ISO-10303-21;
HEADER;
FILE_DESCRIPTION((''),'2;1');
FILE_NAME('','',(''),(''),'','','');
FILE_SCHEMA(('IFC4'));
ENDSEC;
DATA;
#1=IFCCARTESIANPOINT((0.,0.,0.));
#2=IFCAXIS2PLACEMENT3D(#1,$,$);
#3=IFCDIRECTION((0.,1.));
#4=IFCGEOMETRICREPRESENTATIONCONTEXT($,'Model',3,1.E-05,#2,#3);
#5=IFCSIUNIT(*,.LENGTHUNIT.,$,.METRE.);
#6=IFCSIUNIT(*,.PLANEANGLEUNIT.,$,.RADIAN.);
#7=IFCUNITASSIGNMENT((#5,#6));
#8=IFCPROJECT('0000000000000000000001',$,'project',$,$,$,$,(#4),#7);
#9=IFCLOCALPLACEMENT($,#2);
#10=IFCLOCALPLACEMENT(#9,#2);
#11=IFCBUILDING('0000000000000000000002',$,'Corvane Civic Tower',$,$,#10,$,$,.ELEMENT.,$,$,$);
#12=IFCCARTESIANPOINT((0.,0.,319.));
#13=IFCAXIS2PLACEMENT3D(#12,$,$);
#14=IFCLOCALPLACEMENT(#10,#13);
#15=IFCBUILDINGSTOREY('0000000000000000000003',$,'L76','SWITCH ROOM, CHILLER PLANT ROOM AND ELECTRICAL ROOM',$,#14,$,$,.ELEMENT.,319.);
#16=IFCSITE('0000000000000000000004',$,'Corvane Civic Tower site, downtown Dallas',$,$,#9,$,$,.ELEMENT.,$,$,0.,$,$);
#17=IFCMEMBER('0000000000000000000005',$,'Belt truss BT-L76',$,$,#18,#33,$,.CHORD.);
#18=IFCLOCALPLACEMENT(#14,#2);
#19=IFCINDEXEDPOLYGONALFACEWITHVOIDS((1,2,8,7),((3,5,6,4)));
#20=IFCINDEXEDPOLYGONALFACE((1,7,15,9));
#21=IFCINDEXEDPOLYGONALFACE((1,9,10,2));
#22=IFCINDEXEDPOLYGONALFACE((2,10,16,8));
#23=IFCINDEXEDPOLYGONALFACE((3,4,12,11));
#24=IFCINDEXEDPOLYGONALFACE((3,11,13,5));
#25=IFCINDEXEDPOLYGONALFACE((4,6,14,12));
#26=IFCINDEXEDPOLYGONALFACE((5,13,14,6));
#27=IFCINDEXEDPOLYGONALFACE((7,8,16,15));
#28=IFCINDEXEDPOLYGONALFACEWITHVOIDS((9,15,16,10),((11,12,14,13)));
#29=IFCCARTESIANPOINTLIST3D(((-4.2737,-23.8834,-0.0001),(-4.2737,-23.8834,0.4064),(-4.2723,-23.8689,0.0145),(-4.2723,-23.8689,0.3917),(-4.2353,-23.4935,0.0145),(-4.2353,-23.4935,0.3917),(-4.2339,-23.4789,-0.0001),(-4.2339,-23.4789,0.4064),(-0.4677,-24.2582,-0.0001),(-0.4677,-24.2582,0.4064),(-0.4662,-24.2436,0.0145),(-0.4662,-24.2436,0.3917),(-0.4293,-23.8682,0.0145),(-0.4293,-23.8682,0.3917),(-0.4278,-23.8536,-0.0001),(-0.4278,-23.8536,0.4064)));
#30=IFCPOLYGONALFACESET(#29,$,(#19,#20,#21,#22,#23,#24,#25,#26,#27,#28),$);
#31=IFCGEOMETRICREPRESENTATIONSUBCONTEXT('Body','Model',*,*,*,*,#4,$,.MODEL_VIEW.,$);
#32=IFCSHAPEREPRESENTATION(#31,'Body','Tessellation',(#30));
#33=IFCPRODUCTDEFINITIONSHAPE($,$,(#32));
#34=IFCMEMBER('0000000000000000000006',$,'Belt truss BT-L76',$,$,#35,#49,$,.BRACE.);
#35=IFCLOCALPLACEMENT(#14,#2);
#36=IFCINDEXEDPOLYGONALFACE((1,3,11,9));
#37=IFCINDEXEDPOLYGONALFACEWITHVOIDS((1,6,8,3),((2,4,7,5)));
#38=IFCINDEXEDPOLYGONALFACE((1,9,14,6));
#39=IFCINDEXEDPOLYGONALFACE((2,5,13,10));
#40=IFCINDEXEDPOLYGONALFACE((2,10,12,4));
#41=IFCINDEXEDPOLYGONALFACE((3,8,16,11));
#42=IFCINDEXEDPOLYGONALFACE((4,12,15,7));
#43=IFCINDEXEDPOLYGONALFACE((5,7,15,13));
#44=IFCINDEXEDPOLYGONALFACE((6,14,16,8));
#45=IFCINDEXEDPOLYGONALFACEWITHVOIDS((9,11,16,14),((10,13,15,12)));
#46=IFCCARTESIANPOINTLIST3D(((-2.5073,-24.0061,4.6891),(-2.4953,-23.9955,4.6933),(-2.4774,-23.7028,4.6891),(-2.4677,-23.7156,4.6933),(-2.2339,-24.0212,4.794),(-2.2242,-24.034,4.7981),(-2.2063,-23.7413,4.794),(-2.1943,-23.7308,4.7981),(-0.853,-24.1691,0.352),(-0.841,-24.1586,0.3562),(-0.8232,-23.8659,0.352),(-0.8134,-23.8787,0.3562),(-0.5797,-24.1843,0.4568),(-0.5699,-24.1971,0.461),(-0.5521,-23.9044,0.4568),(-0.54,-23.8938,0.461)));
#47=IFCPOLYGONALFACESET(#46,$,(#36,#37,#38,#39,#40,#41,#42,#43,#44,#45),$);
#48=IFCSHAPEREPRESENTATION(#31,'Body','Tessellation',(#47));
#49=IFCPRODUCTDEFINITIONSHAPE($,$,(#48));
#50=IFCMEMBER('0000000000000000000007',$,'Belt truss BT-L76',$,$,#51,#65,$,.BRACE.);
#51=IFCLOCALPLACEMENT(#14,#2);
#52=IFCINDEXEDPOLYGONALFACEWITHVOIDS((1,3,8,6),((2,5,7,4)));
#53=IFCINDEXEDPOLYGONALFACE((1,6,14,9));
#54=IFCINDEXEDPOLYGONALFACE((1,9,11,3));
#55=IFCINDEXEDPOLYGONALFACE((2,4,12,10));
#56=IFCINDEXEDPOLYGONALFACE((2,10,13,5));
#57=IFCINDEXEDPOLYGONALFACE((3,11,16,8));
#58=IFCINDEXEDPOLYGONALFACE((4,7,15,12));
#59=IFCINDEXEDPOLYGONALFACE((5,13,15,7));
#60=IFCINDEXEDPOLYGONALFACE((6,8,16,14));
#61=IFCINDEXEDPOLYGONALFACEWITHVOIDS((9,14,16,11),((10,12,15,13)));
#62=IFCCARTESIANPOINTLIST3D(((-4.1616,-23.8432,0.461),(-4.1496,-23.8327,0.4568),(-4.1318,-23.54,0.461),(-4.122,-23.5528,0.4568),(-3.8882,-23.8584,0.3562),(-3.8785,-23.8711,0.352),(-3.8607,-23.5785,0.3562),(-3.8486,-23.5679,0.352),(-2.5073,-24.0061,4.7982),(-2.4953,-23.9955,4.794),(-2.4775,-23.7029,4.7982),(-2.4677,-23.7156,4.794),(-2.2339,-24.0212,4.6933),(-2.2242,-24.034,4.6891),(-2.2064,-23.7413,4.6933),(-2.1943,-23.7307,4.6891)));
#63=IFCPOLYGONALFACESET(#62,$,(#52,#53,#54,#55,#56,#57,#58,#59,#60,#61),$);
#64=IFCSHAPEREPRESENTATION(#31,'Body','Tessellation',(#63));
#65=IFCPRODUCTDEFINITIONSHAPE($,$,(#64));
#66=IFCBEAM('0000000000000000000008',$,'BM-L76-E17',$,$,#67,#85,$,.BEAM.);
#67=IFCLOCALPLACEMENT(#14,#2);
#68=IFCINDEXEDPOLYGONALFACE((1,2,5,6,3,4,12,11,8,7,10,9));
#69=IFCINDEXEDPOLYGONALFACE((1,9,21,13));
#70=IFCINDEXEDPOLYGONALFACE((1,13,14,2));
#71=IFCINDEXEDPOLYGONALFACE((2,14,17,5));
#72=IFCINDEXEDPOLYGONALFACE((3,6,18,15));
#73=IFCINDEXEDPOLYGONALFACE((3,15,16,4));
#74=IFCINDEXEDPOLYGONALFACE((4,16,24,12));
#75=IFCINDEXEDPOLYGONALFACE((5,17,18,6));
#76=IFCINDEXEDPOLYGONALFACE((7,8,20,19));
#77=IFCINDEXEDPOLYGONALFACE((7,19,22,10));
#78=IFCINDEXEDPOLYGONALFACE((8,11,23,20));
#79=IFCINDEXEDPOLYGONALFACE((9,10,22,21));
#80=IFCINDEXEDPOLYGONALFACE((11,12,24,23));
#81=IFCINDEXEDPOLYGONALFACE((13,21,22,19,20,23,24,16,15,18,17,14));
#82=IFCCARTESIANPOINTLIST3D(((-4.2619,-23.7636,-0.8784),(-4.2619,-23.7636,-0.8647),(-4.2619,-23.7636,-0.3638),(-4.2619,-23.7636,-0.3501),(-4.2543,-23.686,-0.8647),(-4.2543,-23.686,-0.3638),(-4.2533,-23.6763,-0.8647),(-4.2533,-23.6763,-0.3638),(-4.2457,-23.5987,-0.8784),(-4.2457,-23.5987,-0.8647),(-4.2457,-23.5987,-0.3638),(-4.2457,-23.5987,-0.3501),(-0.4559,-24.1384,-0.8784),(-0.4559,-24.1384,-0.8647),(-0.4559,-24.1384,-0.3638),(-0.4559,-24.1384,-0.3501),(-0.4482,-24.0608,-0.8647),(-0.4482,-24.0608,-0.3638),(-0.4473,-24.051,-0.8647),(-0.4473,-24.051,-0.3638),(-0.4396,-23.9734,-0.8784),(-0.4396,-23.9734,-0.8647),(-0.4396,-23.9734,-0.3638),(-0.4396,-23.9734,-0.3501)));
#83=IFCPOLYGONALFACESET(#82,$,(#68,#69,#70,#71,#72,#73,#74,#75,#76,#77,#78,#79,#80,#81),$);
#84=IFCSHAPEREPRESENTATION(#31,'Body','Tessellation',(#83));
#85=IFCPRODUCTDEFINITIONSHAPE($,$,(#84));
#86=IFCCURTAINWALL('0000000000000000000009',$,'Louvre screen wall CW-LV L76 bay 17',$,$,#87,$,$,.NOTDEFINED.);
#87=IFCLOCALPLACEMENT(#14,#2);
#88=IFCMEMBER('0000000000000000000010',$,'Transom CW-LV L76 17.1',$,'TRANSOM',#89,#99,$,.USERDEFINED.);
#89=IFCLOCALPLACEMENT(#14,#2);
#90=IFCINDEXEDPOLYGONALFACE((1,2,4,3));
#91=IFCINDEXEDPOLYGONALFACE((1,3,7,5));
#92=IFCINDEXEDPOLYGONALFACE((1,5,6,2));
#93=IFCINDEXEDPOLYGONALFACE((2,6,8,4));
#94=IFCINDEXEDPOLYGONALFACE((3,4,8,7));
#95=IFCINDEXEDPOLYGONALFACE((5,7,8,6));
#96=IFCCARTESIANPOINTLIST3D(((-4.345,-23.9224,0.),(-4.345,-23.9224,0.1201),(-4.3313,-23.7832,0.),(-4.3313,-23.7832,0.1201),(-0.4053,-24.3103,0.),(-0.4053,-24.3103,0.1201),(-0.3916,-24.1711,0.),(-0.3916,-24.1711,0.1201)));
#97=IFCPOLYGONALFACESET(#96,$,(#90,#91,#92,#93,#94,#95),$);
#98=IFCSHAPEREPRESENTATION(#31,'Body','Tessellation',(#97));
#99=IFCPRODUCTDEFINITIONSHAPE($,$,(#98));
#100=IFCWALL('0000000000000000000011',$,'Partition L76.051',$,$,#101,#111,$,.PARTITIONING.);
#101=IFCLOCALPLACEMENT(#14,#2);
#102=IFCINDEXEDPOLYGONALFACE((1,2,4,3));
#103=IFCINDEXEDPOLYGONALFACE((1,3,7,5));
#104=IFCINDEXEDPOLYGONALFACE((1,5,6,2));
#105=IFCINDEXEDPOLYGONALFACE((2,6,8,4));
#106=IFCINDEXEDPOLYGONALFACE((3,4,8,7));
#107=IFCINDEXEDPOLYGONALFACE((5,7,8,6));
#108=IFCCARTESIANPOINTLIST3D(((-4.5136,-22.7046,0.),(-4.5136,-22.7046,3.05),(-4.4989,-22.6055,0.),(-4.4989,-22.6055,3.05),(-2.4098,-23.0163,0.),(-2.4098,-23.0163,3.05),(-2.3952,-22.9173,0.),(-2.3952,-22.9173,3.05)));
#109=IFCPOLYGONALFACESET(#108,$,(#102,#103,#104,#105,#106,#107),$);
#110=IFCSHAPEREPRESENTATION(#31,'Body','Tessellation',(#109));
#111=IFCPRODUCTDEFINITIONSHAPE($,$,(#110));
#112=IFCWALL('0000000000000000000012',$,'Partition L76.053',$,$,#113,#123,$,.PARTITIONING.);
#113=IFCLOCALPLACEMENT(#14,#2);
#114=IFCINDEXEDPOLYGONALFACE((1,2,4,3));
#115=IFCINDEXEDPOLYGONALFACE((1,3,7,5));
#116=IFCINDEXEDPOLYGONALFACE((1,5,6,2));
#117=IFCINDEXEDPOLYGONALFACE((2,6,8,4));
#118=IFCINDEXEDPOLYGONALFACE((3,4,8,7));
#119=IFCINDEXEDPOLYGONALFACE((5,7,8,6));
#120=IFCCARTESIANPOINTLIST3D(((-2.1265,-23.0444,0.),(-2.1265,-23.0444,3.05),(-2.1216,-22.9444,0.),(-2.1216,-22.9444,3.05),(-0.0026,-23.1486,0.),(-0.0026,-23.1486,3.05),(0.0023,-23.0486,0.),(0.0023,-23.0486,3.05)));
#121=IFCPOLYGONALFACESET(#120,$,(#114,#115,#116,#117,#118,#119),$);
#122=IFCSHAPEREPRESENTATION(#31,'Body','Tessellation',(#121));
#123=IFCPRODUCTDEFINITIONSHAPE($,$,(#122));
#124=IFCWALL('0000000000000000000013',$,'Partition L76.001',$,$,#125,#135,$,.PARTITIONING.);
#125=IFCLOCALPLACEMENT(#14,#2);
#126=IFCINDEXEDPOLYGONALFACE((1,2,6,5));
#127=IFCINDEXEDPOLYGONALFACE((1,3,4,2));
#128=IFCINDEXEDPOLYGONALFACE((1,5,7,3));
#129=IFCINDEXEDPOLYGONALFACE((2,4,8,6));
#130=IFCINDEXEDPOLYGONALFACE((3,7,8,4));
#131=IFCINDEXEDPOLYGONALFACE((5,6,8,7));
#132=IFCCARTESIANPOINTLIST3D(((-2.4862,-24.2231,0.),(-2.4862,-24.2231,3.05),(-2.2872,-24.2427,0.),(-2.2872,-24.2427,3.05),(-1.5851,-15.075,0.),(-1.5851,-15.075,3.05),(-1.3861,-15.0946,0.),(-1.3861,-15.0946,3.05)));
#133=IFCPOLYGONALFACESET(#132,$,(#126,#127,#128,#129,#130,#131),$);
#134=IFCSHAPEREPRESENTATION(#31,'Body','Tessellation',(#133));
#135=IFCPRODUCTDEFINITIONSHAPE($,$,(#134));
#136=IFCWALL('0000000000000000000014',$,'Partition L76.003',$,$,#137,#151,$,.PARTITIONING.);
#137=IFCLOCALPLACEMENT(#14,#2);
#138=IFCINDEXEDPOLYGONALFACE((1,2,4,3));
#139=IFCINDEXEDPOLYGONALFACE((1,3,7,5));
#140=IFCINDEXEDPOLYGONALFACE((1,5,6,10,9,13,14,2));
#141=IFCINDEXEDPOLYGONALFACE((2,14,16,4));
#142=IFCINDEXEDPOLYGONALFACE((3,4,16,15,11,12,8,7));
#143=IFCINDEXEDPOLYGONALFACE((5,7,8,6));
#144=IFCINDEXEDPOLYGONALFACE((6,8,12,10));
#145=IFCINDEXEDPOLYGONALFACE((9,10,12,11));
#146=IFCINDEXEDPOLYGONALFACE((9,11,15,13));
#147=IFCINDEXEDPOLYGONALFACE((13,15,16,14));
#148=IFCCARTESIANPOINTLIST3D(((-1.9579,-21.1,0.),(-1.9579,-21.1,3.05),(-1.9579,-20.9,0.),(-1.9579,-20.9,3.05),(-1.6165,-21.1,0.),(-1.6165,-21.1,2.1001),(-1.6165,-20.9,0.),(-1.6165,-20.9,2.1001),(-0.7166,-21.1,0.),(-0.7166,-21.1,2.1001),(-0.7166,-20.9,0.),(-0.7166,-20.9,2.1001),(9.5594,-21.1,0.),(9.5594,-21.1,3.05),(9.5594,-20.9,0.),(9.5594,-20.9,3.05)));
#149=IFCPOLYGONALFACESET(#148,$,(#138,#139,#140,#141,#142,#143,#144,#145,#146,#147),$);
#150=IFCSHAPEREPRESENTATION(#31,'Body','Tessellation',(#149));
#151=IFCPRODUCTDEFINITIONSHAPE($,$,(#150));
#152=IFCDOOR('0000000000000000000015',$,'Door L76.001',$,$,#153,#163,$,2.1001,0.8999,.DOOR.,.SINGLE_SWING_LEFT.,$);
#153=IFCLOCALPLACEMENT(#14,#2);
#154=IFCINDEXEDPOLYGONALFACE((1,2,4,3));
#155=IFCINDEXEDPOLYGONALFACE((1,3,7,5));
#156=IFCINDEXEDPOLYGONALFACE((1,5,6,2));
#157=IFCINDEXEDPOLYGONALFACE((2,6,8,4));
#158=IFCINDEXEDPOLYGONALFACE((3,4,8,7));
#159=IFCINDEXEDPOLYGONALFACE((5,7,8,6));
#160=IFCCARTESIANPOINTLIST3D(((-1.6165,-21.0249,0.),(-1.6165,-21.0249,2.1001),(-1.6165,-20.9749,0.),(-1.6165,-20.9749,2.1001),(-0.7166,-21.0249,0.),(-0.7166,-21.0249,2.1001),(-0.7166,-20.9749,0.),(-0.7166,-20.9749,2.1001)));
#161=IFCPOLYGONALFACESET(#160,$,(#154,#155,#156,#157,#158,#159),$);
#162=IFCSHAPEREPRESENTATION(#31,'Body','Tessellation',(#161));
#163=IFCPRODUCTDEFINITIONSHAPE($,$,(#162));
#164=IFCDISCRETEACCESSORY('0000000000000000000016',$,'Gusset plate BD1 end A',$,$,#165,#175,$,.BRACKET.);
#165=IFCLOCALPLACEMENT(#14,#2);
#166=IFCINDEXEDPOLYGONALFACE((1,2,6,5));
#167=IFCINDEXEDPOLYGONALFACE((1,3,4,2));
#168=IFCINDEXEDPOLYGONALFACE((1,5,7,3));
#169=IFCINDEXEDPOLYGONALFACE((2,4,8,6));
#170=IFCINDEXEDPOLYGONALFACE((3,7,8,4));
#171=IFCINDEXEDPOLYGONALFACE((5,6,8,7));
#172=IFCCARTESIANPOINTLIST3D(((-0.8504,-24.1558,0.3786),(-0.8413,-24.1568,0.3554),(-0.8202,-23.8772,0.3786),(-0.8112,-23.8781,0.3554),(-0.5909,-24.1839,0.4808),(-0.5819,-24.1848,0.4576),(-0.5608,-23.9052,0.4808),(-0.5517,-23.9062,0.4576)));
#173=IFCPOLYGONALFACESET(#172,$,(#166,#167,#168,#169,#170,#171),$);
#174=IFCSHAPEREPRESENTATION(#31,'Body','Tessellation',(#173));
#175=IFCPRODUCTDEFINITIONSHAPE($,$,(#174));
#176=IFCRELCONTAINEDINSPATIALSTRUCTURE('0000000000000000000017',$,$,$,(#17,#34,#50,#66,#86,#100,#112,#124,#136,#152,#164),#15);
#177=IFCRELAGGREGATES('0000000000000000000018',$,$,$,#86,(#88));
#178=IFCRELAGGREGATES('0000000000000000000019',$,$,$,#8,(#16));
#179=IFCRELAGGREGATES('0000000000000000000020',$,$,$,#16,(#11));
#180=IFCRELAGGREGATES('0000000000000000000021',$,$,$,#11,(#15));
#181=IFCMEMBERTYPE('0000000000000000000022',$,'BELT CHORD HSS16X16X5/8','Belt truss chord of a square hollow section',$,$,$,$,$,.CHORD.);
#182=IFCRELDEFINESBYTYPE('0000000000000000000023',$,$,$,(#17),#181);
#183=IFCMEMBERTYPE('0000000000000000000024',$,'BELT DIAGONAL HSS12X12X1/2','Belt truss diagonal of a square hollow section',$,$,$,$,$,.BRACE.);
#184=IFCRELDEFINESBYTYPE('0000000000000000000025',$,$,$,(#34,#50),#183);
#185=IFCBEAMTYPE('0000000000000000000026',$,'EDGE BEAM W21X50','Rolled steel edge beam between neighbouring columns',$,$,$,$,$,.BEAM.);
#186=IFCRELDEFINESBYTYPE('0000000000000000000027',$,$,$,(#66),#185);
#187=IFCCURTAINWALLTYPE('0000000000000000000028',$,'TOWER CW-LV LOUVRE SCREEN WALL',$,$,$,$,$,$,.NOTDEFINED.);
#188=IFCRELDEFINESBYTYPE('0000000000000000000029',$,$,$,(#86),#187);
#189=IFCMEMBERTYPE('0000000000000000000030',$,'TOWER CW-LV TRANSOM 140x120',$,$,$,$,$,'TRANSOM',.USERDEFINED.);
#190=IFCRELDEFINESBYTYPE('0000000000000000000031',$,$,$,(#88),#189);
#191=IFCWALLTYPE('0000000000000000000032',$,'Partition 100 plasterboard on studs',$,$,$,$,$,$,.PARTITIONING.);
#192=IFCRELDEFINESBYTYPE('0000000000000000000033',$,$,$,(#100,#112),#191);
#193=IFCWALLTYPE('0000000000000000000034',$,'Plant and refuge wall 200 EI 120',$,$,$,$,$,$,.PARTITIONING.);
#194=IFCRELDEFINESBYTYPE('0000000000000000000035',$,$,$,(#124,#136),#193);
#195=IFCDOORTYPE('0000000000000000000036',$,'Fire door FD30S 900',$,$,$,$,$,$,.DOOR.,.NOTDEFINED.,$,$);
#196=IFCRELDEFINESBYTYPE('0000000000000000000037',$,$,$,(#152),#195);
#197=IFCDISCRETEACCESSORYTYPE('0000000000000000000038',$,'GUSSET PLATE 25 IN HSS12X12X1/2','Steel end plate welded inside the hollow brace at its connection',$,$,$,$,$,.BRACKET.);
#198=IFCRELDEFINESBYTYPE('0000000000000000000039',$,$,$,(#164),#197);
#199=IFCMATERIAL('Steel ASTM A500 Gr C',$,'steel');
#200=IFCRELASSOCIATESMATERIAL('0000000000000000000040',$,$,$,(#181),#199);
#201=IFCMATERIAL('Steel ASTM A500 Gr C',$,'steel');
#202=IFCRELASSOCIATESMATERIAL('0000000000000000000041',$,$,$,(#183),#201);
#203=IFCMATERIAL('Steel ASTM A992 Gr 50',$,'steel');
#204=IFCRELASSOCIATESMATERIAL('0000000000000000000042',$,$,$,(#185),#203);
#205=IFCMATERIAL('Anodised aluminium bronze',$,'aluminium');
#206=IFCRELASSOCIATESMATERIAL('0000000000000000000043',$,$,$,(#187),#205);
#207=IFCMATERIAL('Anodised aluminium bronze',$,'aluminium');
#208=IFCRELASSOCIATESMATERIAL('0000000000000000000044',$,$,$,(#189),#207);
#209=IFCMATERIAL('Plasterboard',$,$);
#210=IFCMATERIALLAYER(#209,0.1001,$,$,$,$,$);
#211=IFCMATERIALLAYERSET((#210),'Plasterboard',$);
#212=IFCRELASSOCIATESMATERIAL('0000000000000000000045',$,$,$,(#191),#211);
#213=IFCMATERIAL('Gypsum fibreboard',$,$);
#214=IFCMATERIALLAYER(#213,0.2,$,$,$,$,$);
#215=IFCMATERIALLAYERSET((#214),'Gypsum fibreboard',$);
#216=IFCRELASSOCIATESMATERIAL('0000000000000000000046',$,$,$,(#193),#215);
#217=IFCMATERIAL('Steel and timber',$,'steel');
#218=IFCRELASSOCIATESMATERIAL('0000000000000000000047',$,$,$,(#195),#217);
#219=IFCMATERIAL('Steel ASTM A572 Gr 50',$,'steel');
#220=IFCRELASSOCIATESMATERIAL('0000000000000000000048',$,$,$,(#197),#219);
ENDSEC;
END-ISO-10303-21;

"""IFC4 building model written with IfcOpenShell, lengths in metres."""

from ifc_helpers import new_model, si_unit, direction, frame, frame_2d, origin, origin_2d, place, context, subcontext, project, spatial, rectangle, hollow_rectangle, i_section, extrude, material, layer, layer_set, material_profile, profile_set, type_object, element, fill, aggregate, save


model = new_model("IFC4")

# Units and contexts
model_context = context("Model", 3, precision=1e-05, world=origin(), true_north=direction((0.0, 1.0)))
body_context = subcontext(model_context, "Body", "Model", "MODEL_VIEW")
ifc_project = project(units=[si_unit("LENGTHUNIT", "METRE"), si_unit("PLANEANGLEUNIT", "RADIAN")], contexts=[model_context])

# Site, building, storey
site_placement = place(None, origin())
site = spatial("IfcSite", under=ifc_project, at=site_placement, Name="Corvane Civic Tower site, downtown Dallas", CompositionType="ELEMENT", RefElevation=0.0)
building_placement = place(site_placement, origin())
building = spatial("IfcBuilding", under=site, at=building_placement, Name="Corvane Civic Tower", CompositionType="ELEMENT")
storey_placement = place(building_placement, frame((0.0, 0.0, 319.0)))
storey = spatial("IfcBuildingStorey", under=building, at=storey_placement, Name="L76", Description="SWITCH ROOM, CHILLER PLANT ROOM AND ELECTRICAL ROOM", CompositionType="ELEMENT", Elevation=319.0)

# Members
ifc_material_1 = material(Name="Steel ASTM A500 Gr C", Category="steel")
ifc_material_profile_1 = material_profile(ifc_material_1, hollow_rectangle(XDim=0.4065, YDim=0.4065, WallThickness=0.0146, at=origin_2d()), Name="HSS16X16X5/8")
ifc_profile_set_1 = profile_set([ifc_material_profile_1], Name="Steel ASTM A500 Gr C")
member_type_1 = type_object("IfcMemberType", Name="BELT CHORD HSS16X16X5/8", Description="Belt truss chord of a square hollow section", PredefinedType="CHORD", material=ifc_profile_set_1)
for number, where, z_axis, x_axis, name in (
    (1, (-0.4478, -24.0559, 0.2031), (-0.995188, 0.097987, 0.0), (-0.097987, -0.995188, 0.0), "Belt truss BT-L76"),
):
    element("IfcMember", number, at=place(storey_placement, frame(where, z_axis=z_axis, x_axis=x_axis)), inside=storey, type_object=member_type_1, Name=name, PredefinedType="CHORD", context=body_context, shape_type="SweptSolid", body=[
        extrude(hollow_rectangle(XDim=0.4065, YDim=0.4065, WallThickness=0.0146, at=origin_2d()), origin(), (0.0, 0.0, 1.0), 3.8245),
    ])
ifc_material_2 = material(Name="Steel ASTM A500 Gr C", Category="steel")
ifc_material_profile_2 = material_profile(ifc_material_2, hollow_rectangle(XDim=0.3047, YDim=0.3047, WallThickness=0.0117, at=origin_2d()), Name="HSS12X12X1/2")
ifc_profile_set_2 = profile_set([ifc_material_profile_2], Name="Steel ASTM A500 Gr C")
member_type_2 = type_object("IfcMemberType", Name="BELT DIAGONAL HSS12X12X1/2", Description="Belt truss diagonal of a square hollow section", PredefinedType="BRACE", material=ifc_profile_set_2)
for number, where, z_axis, x_axis, name in (
    (2, (-0.6965, -24.0315, 0.4065), (-0.35616, 0.035111, 0.933765), (-0.098108, -0.995176, 0.0), "Belt truss BT-L76"),
    (3, (-4.0051, -23.7056, 0.4065), (0.356161, -0.035059, 0.933767), (0.097962, 0.99519, 0.0), "Belt truss BT-L76"),
):
    element("IfcMember", number, at=place(storey_placement, frame(where, z_axis=z_axis, x_axis=x_axis)), inside=storey, type_object=member_type_2, Name=name, PredefinedType="BRACE", context=body_context, shape_type="SweptSolid", body=[
        extrude(hollow_rectangle(XDim=0.3047, YDim=0.3047, WallThickness=0.0117, at=origin_2d()), origin(), (0.0, 0.0, 1.0), 4.6448),
    ])

# Beam
ifc_material_3 = material(Name="Steel ASTM A992 Gr 50", Category="steel")
ifc_material_profile_3 = material_profile(ifc_material_3, i_section(OverallWidth=0.1658, OverallDepth=0.5283, WebThickness=0.0098, FlangeThickness=0.0137, at=origin_2d()), Name="W21X50")
ifc_profile_set_3 = profile_set([ifc_material_profile_3], Name="Steel ASTM A992 Gr 50")
beam_type = type_object("IfcBeamType", Name="EDGE BEAM W21X50", Description="Rolled steel edge beam between neighbouring columns", PredefinedType="BEAM", material=ifc_profile_set_3)
beam_placement = place(storey_placement, frame((-0.4478, -24.0559, -0.6143), z_axis=(-0.995188, 0.097987, 0.0), x_axis=(-0.097987, -0.995188, 0.0)))
element("IfcBeam", 4, at=beam_placement, inside=storey, type_object=beam_type, Name="BM-L76-E17", PredefinedType="BEAM", context=body_context, shape_type="SweptSolid", body=[
    extrude(i_section(OverallWidth=0.1658, OverallDepth=0.5283, WebThickness=0.0098, FlangeThickness=0.0137, at=origin_2d()), origin(), (0.0, 0.0, 1.0), 3.8245),
])

# Curtain wall, member
ifc_material_4 = material(Name="Anodised aluminium bronze", Category="aluminium")
curtain_wall_type = type_object("IfcCurtainWallType", Name="TOWER CW-LV LOUVRE SCREEN WALL", PredefinedType="NOTDEFINED", material=ifc_material_4)
curtain_wall_1_placement = place(storey_placement, origin())
curtain_wall_1 = element("IfcCurtainWall", 5, at=curtain_wall_1_placement, inside=storey, type_object=curtain_wall_type, Name="Louvre screen wall CW-LV L76 bay 17", PredefinedType="NOTDEFINED")
ifc_material_5 = material(Name="Anodised aluminium bronze", Category="aluminium")
ifc_material_profile_4 = material_profile(ifc_material_5, rectangle(XDim=0.1399, YDim=0.1201, at=origin_2d()), Name="TOWER CW-LV TRANSOM 140x120")
ifc_profile_set_4 = profile_set([ifc_material_profile_4], Name="Anodised aluminium bronze")
member_type_3 = type_object("IfcMemberType", Name="TOWER CW-LV TRANSOM 140x120", ElementType="TRANSOM", PredefinedType="USERDEFINED", material=ifc_profile_set_4)
member_placement = place(storey_placement, frame((-0.3984, -24.2407, 0.0601), z_axis=(-0.995187, 0.097995, 0.0), x_axis=(-0.097995, -0.995187, 0.0)))
member = element("IfcMember", 6, at=member_placement, type_object=member_type_3, Name="Transom CW-LV L76 17.1", ObjectType="TRANSOM", PredefinedType="USERDEFINED", context=body_context, shape_type="SweptSolid", body=[
    extrude(rectangle(XDim=0.1399, YDim=0.1201, at=origin_2d()), origin(), (0.0, 0.0, 1.0), 3.9587),
])

# Walls
ifc_material_6 = material(Name="Plasterboard")
ifc_layer_1 = layer(ifc_material_6, 0.1001)
ifc_layer_set_1 = layer_set([ifc_layer_1], Name="Plasterboard")
wall_type_1 = type_object("IfcWallType", Name="Partition 100 plasterboard on studs", PredefinedType="PARTITIONING", material=ifc_layer_set_1)
wall_1_placement = place(storey_placement, frame((-4.5063, -22.655, 0.0), z_axis=(0.0, 0.0, 1.0), x_axis=(0.989197, -0.146594, 0.0)))
element("IfcWall", 7, at=wall_1_placement, inside=storey, type_object=wall_type_1, Name="Partition L76.051", PredefinedType="PARTITIONING", context=body_context, shape_type="SweptSolid", body=[
    extrude(rectangle(XDim=2.1267, YDim=0.1001, at=frame_2d((1.0635, 0.0))), origin(), (0.0, 0.0, 1.0), 3.05),
])
wall_2_placement = place(storey_placement, frame((-2.124, -22.9944, 0.0), z_axis=(0.0, 0.0, 1.0), x_axis=(0.998798, -0.049021, 0.0)))
element("IfcWall", 8, at=wall_2_placement, inside=storey, type_object=wall_type_1, Name="Partition L76.053", PredefinedType="PARTITIONING", context=body_context, shape_type="SweptSolid", body=[
    extrude(rectangle(XDim=2.1265, YDim=0.1001, at=frame_2d((1.0632, 0.0))), origin(), (0.0, 0.0, 1.0), 3.05),
])
ifc_material_7 = material(Name="Gypsum fibreboard")
ifc_layer_2 = layer(ifc_material_7, 0.2)
ifc_layer_set_2 = layer_set([ifc_layer_2], Name="Gypsum fibreboard")
wall_type_2 = type_object("IfcWallType", Name="Plant and refuge wall 200 EI 120", PredefinedType="PARTITIONING", material=ifc_layer_set_2)
wall_3_placement = place(storey_placement, frame((-2.3867, -24.2329, 0.0), z_axis=(0.0, 0.0, 1.0), x_axis=(0.098028, 0.995184, 0.0)))
element("IfcWall", 9, at=wall_3_placement, inside=storey, type_object=wall_type_2, Name="Partition L76.001", PredefinedType="PARTITIONING", context=body_context, shape_type="SweptSolid", body=[
    extrude(rectangle(XDim=9.1924, YDim=0.2, at=frame_2d((4.5962, 0.0))), origin(), (0.0, 0.0, 1.0), 3.05),
])

# Wall, opening, door
wall_4_placement = place(storey_placement, frame((-1.958, -21.0, 0.0), z_axis=(0.0, 0.0, 1.0), x_axis=(1.0, 0.0, 0.0)))
wall_4 = element("IfcWall", 10, at=wall_4_placement, inside=storey, type_object=wall_type_2, Name="Partition L76.003", PredefinedType="PARTITIONING", context=body_context, shape_type="SweptSolid", body=[
    extrude(rectangle(XDim=11.5173, YDim=0.2, at=frame_2d((5.7588, 0.0))), origin(), (0.0, 0.0, 1.0), 3.05),
])
opening_placement = place(wall_4_placement, frame((0.3416, 0.0, 0.0)))
opening = element("IfcOpeningElement", 11, at=opening_placement, cuts=wall_4, PredefinedType="OPENING", context=body_context, shape_type="SweptSolid", body=[
    extrude(rectangle(XDim=0.8999, YDim=2.1001, at=frame_2d((0.45, 1.05))), frame((0.0, 0.1099, 0.0), z_axis=(0.0, -1.0, 0.0), x_axis=(1.0, 0.0, 0.0)), (0.0, 0.0, 1.0), 0.22),
])
ifc_material_8 = material(Name="Steel and timber", Category="steel")
door_type = type_object("IfcDoorType", Name="Fire door FD30S 900", OperationType="NOTDEFINED", PredefinedType="DOOR", material=ifc_material_8)
door_placement = place(opening_placement, frame((0.8999, 0.0, 0.0), z_axis=(0.0, 0.0, 1.0), x_axis=(-1.0, 0.0, 0.0)))
door = element("IfcDoor", 12, at=door_placement, inside=storey, type_object=door_type, Name="Door L76.001", OperationType="SINGLE_SWING_LEFT", OverallHeight=2.1001, OverallWidth=0.8999, PredefinedType="DOOR", context=body_context, shape_type="SweptSolid", body=[
    extrude(rectangle(XDim=0.8999, YDim=2.1001, at=frame_2d((0.45, 1.05))), frame((0.0, 0.0249, 0.0), z_axis=(0.0, -1.0, 0.0), x_axis=(1.0, 0.0, 0.0)), (0.0, 0.0, 1.0), 0.05),
])
fill(opening, door)

aggregate(curtain_wall_1, [member])

# Discrete accessory
ifc_material_9 = material(Name="Steel ASTM A572 Gr 50", Category="steel")
ifc_material_profile_5 = material_profile(ifc_material_9, rectangle(XDim=0.2803, YDim=0.2803, at=origin_2d()), Name="GUSSET PLATE 25 IN HSS12X12X1/2")
ifc_profile_set_5 = profile_set([ifc_material_profile_5], Name="Steel ASTM A572 Gr 50")
discrete_accessory_type = type_object("IfcDiscreteAccessoryType", Name="GUSSET PLATE 25 IN HSS12X12X1/2", Description="Steel end plate welded inside the hollow brace at its connection", PredefinedType="BRACKET", material=ifc_profile_set_5)
discrete_accessory_1_placement = place(storey_placement, frame((-0.6965, -24.0315, 0.4065), z_axis=(-0.362641, 0.039204, 0.931104), x_axis=(-0.107482, -0.994207, 0.0)))
element("IfcDiscreteAccessory", 13, at=discrete_accessory_1_placement, inside=storey, type_object=discrete_accessory_type, Name="Gusset plate BD1 end A", PredefinedType="BRACKET", context=body_context, shape_type="SweptSolid", body=[
    extrude(rectangle(XDim=0.2803, YDim=0.2803, at=origin_2d()), origin(), (0.0, 0.0, 1.0), 0.0249),
])

save(model, "model.ifc")
